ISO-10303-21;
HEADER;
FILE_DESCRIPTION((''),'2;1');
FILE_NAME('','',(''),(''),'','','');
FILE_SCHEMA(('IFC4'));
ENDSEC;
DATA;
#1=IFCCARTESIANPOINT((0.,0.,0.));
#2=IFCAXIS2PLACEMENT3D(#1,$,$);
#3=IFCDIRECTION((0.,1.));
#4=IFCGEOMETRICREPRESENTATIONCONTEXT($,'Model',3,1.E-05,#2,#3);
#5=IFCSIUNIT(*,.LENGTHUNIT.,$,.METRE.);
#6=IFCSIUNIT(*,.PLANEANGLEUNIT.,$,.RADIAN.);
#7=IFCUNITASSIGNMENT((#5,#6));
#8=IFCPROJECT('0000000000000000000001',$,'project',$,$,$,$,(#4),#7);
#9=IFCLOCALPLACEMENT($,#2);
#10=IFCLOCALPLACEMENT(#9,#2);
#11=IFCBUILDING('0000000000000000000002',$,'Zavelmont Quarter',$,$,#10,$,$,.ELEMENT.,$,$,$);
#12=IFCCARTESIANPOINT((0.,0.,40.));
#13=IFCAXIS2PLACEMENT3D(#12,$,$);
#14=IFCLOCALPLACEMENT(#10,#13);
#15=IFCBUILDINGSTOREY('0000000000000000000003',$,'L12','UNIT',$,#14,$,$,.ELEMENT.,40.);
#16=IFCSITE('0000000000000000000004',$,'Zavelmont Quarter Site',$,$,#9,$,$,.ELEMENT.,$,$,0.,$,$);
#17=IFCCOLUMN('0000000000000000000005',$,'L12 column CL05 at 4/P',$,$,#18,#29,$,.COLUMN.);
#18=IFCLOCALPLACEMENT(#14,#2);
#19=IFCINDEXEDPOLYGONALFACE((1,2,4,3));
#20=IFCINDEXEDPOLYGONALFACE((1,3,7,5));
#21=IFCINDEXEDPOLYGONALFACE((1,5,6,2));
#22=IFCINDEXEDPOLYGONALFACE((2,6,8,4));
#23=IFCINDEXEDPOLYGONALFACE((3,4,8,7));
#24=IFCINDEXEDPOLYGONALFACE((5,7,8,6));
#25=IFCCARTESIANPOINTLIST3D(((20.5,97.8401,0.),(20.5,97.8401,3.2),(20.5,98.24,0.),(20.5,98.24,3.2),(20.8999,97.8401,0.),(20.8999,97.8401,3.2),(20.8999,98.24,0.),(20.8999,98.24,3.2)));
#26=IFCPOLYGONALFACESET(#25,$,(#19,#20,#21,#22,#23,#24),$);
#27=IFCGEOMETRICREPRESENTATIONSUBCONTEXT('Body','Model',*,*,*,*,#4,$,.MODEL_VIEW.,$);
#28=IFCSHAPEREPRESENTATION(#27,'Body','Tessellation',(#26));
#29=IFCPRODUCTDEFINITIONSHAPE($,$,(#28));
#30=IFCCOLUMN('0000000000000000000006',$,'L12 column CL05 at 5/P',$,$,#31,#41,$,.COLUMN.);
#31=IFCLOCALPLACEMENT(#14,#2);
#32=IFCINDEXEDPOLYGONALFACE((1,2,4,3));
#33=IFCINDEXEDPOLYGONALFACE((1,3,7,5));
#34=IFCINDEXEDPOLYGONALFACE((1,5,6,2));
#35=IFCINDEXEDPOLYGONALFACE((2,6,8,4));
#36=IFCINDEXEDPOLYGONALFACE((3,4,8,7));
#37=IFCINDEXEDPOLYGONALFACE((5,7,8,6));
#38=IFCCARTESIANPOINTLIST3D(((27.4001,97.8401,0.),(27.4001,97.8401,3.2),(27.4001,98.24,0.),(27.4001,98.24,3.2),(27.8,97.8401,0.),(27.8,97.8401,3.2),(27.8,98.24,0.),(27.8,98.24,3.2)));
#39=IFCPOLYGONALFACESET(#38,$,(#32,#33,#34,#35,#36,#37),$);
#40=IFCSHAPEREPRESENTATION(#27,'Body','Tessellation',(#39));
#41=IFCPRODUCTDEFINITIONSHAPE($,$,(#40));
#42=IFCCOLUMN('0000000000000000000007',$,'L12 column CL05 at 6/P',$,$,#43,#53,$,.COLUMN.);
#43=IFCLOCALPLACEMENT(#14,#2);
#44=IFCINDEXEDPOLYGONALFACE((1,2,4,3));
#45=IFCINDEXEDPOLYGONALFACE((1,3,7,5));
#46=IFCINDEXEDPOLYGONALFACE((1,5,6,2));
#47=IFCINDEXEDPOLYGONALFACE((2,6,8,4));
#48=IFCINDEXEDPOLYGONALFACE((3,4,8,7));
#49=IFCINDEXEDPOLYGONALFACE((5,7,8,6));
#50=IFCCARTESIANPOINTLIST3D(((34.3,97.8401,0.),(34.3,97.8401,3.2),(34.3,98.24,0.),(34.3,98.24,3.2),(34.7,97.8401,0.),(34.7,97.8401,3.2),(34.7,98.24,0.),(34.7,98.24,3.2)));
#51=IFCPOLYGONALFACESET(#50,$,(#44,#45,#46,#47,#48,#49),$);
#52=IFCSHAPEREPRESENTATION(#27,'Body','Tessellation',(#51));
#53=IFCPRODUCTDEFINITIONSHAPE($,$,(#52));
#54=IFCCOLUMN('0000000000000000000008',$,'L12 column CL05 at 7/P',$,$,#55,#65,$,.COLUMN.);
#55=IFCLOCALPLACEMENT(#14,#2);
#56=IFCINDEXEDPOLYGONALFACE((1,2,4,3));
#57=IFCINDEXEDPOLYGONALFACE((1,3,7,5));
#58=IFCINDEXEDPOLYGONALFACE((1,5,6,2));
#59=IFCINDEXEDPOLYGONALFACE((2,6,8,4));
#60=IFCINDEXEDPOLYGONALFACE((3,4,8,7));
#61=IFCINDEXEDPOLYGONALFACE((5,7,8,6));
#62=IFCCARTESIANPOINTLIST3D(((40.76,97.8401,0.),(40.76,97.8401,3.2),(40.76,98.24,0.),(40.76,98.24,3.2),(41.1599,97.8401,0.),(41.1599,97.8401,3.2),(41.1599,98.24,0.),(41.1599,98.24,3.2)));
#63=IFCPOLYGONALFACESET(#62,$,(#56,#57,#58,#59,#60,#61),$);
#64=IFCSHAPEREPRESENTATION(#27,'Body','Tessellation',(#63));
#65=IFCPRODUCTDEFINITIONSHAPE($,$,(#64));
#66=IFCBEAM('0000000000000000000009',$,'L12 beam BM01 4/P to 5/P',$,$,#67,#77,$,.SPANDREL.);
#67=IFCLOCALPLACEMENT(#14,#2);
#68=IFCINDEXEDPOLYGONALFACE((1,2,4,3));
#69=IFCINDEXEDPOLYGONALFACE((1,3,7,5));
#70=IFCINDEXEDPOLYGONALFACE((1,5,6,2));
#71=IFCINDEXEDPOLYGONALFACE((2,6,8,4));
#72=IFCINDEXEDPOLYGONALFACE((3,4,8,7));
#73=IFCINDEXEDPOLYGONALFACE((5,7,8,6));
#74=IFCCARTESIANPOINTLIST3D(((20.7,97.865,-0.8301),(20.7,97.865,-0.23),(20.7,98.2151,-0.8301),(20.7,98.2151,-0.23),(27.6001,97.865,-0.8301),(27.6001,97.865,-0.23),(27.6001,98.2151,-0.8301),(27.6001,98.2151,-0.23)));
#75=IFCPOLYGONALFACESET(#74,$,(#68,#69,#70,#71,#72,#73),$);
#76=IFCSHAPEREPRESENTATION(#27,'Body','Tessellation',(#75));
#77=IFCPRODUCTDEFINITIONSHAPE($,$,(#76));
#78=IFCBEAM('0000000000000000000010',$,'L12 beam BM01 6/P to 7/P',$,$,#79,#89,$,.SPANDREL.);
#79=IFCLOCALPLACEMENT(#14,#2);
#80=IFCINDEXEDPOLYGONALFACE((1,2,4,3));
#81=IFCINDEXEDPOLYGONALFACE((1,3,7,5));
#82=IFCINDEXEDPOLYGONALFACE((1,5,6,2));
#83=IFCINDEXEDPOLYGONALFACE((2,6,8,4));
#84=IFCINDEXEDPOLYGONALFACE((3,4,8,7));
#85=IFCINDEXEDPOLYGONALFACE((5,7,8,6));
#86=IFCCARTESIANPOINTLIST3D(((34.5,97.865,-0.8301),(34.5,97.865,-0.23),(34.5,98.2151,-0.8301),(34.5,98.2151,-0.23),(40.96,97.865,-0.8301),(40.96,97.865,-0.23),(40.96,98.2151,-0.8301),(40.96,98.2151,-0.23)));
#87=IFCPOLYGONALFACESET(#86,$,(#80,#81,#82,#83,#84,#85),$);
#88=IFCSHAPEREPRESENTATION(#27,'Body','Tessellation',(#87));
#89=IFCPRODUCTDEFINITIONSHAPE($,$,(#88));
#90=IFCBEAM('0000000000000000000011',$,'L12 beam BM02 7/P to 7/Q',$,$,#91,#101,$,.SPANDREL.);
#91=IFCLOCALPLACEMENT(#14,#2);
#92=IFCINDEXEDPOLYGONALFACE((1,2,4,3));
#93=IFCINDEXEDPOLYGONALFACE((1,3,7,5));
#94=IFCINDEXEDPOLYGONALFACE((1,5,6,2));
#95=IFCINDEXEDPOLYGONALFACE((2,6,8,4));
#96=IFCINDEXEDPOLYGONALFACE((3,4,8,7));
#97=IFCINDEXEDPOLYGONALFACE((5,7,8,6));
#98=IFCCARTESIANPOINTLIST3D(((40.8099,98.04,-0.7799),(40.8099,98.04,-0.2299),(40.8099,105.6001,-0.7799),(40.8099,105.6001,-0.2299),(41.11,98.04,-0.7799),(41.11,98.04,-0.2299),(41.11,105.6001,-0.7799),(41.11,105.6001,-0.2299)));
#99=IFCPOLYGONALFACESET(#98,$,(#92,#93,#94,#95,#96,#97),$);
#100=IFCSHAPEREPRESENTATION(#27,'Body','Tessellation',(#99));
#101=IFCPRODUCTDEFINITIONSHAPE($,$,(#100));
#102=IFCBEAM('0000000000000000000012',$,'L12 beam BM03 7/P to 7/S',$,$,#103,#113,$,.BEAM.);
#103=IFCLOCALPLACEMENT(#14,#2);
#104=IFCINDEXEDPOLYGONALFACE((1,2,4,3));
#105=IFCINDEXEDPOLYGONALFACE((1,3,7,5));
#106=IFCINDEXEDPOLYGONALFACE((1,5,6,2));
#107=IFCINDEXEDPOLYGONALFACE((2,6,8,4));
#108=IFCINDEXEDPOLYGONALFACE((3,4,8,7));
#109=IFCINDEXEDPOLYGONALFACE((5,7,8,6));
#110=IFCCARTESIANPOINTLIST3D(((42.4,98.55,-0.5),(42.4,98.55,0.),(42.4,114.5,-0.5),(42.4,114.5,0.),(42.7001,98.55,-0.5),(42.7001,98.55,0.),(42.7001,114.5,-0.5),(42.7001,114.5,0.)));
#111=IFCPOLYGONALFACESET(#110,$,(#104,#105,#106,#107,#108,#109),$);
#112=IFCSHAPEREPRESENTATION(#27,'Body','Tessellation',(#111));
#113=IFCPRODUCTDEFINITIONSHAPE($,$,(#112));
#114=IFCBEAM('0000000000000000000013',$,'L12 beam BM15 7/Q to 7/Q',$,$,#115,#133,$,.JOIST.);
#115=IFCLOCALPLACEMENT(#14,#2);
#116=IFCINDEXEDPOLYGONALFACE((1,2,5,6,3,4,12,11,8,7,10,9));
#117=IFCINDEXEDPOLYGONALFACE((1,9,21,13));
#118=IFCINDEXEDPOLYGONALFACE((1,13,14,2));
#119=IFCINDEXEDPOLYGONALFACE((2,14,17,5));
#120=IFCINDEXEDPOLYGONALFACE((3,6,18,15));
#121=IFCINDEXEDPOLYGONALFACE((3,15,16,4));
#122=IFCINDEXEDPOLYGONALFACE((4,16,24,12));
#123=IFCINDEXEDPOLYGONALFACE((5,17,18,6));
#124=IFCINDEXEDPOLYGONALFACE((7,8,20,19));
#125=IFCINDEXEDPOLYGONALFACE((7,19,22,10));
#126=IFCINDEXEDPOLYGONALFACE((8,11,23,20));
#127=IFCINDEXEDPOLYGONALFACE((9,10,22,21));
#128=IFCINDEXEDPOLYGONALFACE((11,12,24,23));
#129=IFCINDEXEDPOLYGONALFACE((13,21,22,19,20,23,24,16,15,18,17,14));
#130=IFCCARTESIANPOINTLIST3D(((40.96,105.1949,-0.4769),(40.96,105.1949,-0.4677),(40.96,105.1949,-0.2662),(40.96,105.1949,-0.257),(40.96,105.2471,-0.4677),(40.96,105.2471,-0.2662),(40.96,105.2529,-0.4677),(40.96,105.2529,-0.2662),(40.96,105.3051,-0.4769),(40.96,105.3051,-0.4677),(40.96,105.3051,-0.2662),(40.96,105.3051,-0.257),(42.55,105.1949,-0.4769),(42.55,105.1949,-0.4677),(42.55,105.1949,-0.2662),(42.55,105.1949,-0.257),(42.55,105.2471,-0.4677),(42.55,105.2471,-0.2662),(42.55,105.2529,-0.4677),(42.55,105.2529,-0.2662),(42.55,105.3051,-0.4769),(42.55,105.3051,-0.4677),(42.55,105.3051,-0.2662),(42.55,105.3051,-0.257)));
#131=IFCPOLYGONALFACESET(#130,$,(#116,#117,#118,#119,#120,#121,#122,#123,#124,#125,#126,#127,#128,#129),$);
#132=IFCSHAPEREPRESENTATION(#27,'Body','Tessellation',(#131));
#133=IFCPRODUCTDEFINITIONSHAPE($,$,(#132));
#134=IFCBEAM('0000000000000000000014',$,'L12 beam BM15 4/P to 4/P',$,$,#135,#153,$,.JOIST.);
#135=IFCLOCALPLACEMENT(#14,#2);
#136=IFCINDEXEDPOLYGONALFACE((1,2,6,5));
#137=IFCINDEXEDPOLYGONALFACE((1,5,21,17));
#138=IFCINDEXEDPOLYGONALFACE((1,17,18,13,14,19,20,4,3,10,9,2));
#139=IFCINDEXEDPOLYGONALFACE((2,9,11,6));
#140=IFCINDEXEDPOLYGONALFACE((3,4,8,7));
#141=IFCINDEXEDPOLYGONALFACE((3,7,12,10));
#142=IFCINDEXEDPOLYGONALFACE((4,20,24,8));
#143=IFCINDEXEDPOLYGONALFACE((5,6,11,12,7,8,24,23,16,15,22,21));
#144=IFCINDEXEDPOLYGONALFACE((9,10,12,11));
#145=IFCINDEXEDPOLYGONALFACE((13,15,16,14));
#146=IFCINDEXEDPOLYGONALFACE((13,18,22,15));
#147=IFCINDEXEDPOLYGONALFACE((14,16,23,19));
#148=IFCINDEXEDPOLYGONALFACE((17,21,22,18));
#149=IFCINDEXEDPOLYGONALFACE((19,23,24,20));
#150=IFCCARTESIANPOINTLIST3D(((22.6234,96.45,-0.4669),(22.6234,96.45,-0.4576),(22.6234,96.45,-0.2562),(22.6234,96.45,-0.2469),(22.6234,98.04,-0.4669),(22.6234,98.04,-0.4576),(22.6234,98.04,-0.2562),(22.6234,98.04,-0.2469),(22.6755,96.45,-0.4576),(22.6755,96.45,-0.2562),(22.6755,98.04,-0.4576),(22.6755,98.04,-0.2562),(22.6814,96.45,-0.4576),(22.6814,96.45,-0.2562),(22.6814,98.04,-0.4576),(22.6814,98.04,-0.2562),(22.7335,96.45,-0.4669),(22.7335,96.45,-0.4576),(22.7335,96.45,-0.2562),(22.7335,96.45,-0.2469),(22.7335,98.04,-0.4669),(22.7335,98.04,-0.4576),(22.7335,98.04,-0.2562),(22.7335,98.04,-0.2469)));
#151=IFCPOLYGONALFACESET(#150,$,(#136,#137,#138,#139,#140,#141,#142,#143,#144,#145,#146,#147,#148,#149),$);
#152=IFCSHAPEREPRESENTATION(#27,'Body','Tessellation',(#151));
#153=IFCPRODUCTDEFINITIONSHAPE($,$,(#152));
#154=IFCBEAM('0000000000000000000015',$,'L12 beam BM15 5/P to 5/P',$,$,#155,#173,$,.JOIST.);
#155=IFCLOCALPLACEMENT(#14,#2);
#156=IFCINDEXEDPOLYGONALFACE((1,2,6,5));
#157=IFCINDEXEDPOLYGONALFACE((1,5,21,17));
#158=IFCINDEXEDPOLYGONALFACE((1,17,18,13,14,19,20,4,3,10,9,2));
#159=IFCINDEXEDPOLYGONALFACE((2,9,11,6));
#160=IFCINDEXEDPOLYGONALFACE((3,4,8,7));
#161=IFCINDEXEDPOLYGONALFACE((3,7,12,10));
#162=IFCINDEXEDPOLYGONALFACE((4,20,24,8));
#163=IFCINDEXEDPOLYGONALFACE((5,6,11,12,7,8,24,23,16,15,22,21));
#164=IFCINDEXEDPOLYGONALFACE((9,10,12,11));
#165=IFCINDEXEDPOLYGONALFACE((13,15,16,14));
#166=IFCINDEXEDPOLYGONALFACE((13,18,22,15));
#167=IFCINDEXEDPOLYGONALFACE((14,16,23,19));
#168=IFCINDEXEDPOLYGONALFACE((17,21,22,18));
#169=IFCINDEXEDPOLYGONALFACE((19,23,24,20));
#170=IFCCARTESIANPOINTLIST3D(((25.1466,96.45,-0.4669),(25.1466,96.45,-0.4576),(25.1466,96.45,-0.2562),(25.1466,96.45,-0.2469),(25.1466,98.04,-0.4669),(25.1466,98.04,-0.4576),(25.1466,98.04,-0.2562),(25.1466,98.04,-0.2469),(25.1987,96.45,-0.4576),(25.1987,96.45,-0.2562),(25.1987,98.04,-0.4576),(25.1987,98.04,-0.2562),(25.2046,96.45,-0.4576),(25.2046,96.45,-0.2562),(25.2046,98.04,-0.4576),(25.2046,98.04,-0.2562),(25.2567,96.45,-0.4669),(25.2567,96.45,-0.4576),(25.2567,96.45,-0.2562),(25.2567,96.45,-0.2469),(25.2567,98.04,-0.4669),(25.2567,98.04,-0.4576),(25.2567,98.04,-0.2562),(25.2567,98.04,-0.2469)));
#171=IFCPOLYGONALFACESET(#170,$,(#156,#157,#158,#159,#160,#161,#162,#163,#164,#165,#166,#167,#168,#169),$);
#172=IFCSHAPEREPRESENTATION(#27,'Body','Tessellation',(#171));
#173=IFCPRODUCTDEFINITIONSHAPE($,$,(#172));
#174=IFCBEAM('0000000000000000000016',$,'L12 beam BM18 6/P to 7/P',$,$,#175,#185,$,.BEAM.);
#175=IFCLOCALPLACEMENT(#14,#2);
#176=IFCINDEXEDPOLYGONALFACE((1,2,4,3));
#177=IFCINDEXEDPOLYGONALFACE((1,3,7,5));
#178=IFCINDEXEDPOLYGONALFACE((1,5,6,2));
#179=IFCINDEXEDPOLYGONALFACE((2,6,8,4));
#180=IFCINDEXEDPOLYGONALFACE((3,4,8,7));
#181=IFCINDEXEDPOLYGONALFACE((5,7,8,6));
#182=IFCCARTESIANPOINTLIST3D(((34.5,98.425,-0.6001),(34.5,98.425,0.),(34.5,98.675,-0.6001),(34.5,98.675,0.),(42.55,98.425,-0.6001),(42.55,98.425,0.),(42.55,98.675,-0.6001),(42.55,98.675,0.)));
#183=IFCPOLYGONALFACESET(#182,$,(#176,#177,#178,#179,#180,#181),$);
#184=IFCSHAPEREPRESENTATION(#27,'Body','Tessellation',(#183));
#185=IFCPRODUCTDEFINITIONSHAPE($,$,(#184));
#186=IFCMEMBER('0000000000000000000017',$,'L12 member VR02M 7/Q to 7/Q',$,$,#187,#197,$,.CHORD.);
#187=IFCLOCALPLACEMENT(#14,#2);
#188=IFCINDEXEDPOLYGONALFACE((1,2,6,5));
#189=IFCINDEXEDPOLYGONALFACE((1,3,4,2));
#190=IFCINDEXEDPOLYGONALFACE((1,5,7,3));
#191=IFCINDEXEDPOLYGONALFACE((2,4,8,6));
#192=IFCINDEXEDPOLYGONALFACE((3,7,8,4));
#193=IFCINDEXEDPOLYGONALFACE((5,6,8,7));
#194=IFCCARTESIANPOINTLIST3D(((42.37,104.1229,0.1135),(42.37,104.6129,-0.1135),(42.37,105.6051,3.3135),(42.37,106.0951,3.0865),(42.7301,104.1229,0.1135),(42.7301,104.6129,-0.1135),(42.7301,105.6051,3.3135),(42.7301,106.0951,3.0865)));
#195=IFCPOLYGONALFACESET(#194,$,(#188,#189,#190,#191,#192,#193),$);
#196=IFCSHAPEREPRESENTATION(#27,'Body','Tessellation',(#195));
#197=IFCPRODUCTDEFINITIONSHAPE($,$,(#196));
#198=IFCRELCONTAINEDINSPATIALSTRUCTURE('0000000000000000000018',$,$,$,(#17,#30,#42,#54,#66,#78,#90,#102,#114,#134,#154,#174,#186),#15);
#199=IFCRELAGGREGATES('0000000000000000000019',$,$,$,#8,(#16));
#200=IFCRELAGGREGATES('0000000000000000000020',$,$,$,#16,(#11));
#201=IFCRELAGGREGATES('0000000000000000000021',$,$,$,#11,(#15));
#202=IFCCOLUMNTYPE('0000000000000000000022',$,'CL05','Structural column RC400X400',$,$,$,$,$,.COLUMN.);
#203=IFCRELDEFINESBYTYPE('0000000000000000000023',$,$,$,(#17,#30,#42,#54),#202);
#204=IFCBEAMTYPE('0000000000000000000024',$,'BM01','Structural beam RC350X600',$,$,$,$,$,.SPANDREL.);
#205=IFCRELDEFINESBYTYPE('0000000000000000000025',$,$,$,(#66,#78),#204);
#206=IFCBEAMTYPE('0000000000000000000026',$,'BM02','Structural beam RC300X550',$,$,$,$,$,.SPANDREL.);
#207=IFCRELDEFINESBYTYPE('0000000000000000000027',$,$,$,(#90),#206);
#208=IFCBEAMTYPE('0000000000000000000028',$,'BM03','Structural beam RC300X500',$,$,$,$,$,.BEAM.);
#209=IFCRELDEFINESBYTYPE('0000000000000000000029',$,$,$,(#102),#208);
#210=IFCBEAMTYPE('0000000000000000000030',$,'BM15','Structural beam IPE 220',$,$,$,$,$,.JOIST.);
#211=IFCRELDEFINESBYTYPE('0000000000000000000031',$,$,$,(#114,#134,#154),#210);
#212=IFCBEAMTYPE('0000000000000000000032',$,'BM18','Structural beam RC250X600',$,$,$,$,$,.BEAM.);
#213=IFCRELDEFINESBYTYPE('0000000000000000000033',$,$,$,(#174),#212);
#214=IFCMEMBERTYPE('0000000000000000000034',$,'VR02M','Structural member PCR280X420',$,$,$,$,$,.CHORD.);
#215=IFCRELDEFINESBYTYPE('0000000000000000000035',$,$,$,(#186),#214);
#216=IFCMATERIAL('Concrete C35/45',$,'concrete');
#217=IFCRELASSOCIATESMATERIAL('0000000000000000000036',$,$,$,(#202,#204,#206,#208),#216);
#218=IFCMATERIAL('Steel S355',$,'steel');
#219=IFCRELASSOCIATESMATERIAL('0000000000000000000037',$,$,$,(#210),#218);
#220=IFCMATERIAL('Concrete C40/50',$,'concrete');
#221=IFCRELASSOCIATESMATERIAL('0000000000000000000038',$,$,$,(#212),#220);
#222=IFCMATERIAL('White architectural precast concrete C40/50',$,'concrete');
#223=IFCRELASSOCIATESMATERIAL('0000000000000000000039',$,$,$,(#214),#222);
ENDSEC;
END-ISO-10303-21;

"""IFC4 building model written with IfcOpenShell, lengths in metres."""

from ifc_helpers import new_model, si_unit, direction, frame, origin, origin_2d, place, context, subcontext, project, spatial, rectangle, i_section, extrude, material, material_profile, profile_set, type_object, element, save


model = new_model("IFC4")

# Units and contexts
model_context = context("Model", 3, precision=1e-05, world=origin(), true_north=direction((0.0, 1.0)))
body_context = subcontext(model_context, "Body", "Model", "MODEL_VIEW")
ifc_project = project(units=[si_unit("LENGTHUNIT", "METRE"), si_unit("PLANEANGLEUNIT", "RADIAN")], contexts=[model_context])

# Site, building, storey
site_placement = place(None, origin())
site = spatial("IfcSite", under=ifc_project, at=site_placement, Name="Zavelmont Quarter Site", CompositionType="ELEMENT", RefElevation=0.0)
building_placement = place(site_placement, origin())
building = spatial("IfcBuilding", under=site, at=building_placement, Name="Zavelmont Quarter", CompositionType="ELEMENT")
storey_placement = place(building_placement, frame((0.0, 0.0, 40.0)))
storey = spatial("IfcBuildingStorey", under=building, at=storey_placement, Name="L12", Description="UNIT", CompositionType="ELEMENT", Elevation=40.0)

# Columns
ifc_material_1 = material(Name="Concrete C35/45", Category="concrete")
ifc_material_profile_1 = material_profile(ifc_material_1, rectangle(XDim=0.3999, YDim=0.3999, at=origin_2d()), Name="RC400X400")
ifc_profile_set_1 = profile_set([ifc_material_profile_1], Name="Concrete C35/45")
column_type = type_object("IfcColumnType", Name="CL05", Description="Structural column RC400X400", PredefinedType="COLUMN", material=ifc_profile_set_1)
for number, where, z_axis, x_axis, name in (
    (1, (20.7, 98.04, 0.0), (0.0, 0.0, 1.0), (1.0, 0.0, 0.0), "L12 column CL05 at 4/P"),
    (2, (27.6001, 98.04, 0.0), (0.0, 0.0, 1.0), (1.0, 0.0, 0.0), "L12 column CL05 at 5/P"),
    (3, (34.5, 98.04, 0.0), (0.0, 0.0, 1.0), (1.0, 0.0, 0.0), "L12 column CL05 at 6/P"),
    (4, (40.96, 98.04, 0.0), (0.0, 0.0, 1.0), (1.0, 0.0, 0.0), "L12 column CL05 at 7/P"),
):
    element("IfcColumn", number, at=place(storey_placement, frame(where, z_axis=z_axis, x_axis=x_axis)), inside=storey, type_object=column_type, Name=name, PredefinedType="COLUMN", context=body_context, shape_type="SweptSolid", body=[
        extrude(rectangle(XDim=0.3999, YDim=0.3999, at=origin_2d()), origin(), (0.0, 0.0, 1.0), 3.2),
    ])

# Beams
ifc_material_profile_2 = material_profile(ifc_material_1, rectangle(XDim=0.3501, YDim=0.6001, at=origin_2d()), Name="RC350X600")
ifc_profile_set_2 = profile_set([ifc_material_profile_2], Name="Concrete C35/45")
beam_type_1 = type_object("IfcBeamType", Name="BM01", Description="Structural beam RC350X600", PredefinedType="SPANDREL", material=ifc_profile_set_2)
beam_1_placement = place(storey_placement, frame((20.7, 98.04, -0.53), z_axis=(1.0, 0.0, 0.0), x_axis=(0.0, 1.0, 0.0)))
element("IfcBeam", 5, at=beam_1_placement, inside=storey, type_object=beam_type_1, Name="L12 beam BM01 4/P to 5/P", PredefinedType="SPANDREL", context=body_context, shape_type="SweptSolid", body=[
    extrude(rectangle(XDim=0.3501, YDim=0.6001, at=origin_2d()), origin(), (0.0, 0.0, 1.0), 6.9001),
])
beam_2_placement = place(storey_placement, frame((34.5, 98.04, -0.53), z_axis=(1.0, 0.0, 0.0), x_axis=(0.0, 1.0, 0.0)))
element("IfcBeam", 6, at=beam_2_placement, inside=storey, type_object=beam_type_1, Name="L12 beam BM01 6/P to 7/P", PredefinedType="SPANDREL", context=body_context, shape_type="SweptSolid", body=[
    extrude(rectangle(XDim=0.3501, YDim=0.6001, at=origin_2d()), origin(), (0.0, 0.0, 1.0), 6.46),
])
ifc_material_profile_3 = material_profile(ifc_material_1, rectangle(XDim=0.3, YDim=0.55, at=origin_2d()), Name="RC300X550")
ifc_profile_set_3 = profile_set([ifc_material_profile_3], Name="Concrete C35/45")
beam_type_2 = type_object("IfcBeamType", Name="BM02", Description="Structural beam RC300X550", PredefinedType="SPANDREL", material=ifc_profile_set_3)
beam_3_placement = place(storey_placement, frame((40.96, 98.04, -0.5049), z_axis=(0.0, 1.0, 0.0), x_axis=(-1.0, 0.0, 0.0)))
element("IfcBeam", 7, at=beam_3_placement, inside=storey, type_object=beam_type_2, Name="L12 beam BM02 7/P to 7/Q", PredefinedType="SPANDREL", context=body_context, shape_type="SweptSolid", body=[
    extrude(rectangle(XDim=0.3, YDim=0.55, at=origin_2d()), origin(), (0.0, 0.0, 1.0), 7.5601),
])
ifc_material_profile_4 = material_profile(ifc_material_1, rectangle(XDim=0.3, YDim=0.5, at=origin_2d()), Name="RC300X500")
ifc_profile_set_4 = profile_set([ifc_material_profile_4], Name="Concrete C35/45")
beam_type_3 = type_object("IfcBeamType", Name="BM03", Description="Structural beam RC300X500", PredefinedType="BEAM", material=ifc_profile_set_4)
beam_4_placement = place(storey_placement, frame((42.55, 98.55, -0.25), z_axis=(0.0, 1.0, 0.0), x_axis=(-1.0, 0.0, 0.0)))
element("IfcBeam", 8, at=beam_4_placement, inside=storey, type_object=beam_type_3, Name="L12 beam BM03 7/P to 7/S", PredefinedType="BEAM", context=body_context, shape_type="SweptSolid", body=[
    extrude(rectangle(XDim=0.3, YDim=0.5, at=origin_2d()), origin(), (0.0, 0.0, 1.0), 15.95),
])
ifc_material_2 = material(Name="Steel S355", Category="steel")
ifc_material_profile_5 = material_profile(ifc_material_2, i_section(OverallWidth=0.1101, OverallDepth=0.22, WebThickness=0.0059, FlangeThickness=0.0093, at=origin_2d()), Name="IPE 220")
ifc_profile_set_5 = profile_set([ifc_material_profile_5], Name="Steel S355")
beam_type_4 = type_object("IfcBeamType", Name="BM15", Description="Structural beam IPE 220", PredefinedType="JOIST", material=ifc_profile_set_5)
for number, where, z_axis, x_axis, name in (
    (9, (40.96, 105.25, -0.3669), (1.0, 0.0, 0.0), (0.0, 1.0, 0.0), "L12 beam BM15 7/Q to 7/Q"),
    (10, (22.6785, 98.04, -0.3569), (0.0, -1.0, 0.0), (1.0, 0.0, 0.0), "L12 beam BM15 4/P to 4/P"),
    (11, (25.2017, 98.04, -0.3569), (0.0, -1.0, 0.0), (1.0, 0.0, 0.0), "L12 beam BM15 5/P to 5/P"),
):
    element("IfcBeam", number, at=place(storey_placement, frame(where, z_axis=z_axis, x_axis=x_axis)), inside=storey, type_object=beam_type_4, Name=name, PredefinedType="JOIST", context=body_context, shape_type="SweptSolid", body=[
        extrude(i_section(OverallWidth=0.1101, OverallDepth=0.22, WebThickness=0.0059, FlangeThickness=0.0093, at=origin_2d()), origin(), (0.0, 0.0, 1.0), 1.5901),
    ])
ifc_material_3 = material(Name="Concrete C40/50", Category="concrete")
ifc_material_profile_6 = material_profile(ifc_material_3, rectangle(XDim=0.25, YDim=0.6001, at=origin_2d()), Name="RC250X600")
ifc_profile_set_6 = profile_set([ifc_material_profile_6], Name="Concrete C40/50")
beam_type_5 = type_object("IfcBeamType", Name="BM18", Description="Structural beam RC250X600", PredefinedType="BEAM", material=ifc_profile_set_6)
beam_5_placement = place(storey_placement, frame((34.5, 98.55, -0.3), z_axis=(1.0, 0.0, 0.0), x_axis=(0.0, 1.0, 0.0)))
element("IfcBeam", 12, at=beam_5_placement, inside=storey, type_object=beam_type_5, Name="L12 beam BM18 6/P to 7/P", PredefinedType="BEAM", context=body_context, shape_type="SweptSolid", body=[
    extrude(rectangle(XDim=0.25, YDim=0.6001, at=origin_2d()), origin(), (0.0, 0.0, 1.0), 8.05),
])

# Member
ifc_material_4 = material(Name="White architectural precast concrete C40/50", Category="concrete")
ifc_material_profile_7 = material_profile(ifc_material_4, rectangle(XDim=0.3601, YDim=0.54, at=origin_2d()), Name="PCR280X420")
ifc_profile_set_7 = profile_set([ifc_material_profile_7], Name="White architectural precast concrete C40/50")
member_type = type_object("IfcMemberType", Name="VR02M", Description="Structural member PCR280X420", PredefinedType="CHORD", material=ifc_profile_set_7)
member_placement = place(storey_placement, frame((42.55, 104.3679, 0.0), z_axis=(0.0, 0.420291, 0.907389), x_axis=(-1.0, 0.0, 0.0)))
element("IfcMember", 13, at=member_placement, inside=storey, type_object=member_type, Name="L12 member VR02M 7/Q to 7/Q", PredefinedType="CHORD", context=body_context, shape_type="SweptSolid", body=[
    extrude(rectangle(XDim=0.3601, YDim=0.54, at=origin_2d()), origin(), (0.0, 0.0, 1.0), 3.5266),
])

save(model, "model.ifc")
